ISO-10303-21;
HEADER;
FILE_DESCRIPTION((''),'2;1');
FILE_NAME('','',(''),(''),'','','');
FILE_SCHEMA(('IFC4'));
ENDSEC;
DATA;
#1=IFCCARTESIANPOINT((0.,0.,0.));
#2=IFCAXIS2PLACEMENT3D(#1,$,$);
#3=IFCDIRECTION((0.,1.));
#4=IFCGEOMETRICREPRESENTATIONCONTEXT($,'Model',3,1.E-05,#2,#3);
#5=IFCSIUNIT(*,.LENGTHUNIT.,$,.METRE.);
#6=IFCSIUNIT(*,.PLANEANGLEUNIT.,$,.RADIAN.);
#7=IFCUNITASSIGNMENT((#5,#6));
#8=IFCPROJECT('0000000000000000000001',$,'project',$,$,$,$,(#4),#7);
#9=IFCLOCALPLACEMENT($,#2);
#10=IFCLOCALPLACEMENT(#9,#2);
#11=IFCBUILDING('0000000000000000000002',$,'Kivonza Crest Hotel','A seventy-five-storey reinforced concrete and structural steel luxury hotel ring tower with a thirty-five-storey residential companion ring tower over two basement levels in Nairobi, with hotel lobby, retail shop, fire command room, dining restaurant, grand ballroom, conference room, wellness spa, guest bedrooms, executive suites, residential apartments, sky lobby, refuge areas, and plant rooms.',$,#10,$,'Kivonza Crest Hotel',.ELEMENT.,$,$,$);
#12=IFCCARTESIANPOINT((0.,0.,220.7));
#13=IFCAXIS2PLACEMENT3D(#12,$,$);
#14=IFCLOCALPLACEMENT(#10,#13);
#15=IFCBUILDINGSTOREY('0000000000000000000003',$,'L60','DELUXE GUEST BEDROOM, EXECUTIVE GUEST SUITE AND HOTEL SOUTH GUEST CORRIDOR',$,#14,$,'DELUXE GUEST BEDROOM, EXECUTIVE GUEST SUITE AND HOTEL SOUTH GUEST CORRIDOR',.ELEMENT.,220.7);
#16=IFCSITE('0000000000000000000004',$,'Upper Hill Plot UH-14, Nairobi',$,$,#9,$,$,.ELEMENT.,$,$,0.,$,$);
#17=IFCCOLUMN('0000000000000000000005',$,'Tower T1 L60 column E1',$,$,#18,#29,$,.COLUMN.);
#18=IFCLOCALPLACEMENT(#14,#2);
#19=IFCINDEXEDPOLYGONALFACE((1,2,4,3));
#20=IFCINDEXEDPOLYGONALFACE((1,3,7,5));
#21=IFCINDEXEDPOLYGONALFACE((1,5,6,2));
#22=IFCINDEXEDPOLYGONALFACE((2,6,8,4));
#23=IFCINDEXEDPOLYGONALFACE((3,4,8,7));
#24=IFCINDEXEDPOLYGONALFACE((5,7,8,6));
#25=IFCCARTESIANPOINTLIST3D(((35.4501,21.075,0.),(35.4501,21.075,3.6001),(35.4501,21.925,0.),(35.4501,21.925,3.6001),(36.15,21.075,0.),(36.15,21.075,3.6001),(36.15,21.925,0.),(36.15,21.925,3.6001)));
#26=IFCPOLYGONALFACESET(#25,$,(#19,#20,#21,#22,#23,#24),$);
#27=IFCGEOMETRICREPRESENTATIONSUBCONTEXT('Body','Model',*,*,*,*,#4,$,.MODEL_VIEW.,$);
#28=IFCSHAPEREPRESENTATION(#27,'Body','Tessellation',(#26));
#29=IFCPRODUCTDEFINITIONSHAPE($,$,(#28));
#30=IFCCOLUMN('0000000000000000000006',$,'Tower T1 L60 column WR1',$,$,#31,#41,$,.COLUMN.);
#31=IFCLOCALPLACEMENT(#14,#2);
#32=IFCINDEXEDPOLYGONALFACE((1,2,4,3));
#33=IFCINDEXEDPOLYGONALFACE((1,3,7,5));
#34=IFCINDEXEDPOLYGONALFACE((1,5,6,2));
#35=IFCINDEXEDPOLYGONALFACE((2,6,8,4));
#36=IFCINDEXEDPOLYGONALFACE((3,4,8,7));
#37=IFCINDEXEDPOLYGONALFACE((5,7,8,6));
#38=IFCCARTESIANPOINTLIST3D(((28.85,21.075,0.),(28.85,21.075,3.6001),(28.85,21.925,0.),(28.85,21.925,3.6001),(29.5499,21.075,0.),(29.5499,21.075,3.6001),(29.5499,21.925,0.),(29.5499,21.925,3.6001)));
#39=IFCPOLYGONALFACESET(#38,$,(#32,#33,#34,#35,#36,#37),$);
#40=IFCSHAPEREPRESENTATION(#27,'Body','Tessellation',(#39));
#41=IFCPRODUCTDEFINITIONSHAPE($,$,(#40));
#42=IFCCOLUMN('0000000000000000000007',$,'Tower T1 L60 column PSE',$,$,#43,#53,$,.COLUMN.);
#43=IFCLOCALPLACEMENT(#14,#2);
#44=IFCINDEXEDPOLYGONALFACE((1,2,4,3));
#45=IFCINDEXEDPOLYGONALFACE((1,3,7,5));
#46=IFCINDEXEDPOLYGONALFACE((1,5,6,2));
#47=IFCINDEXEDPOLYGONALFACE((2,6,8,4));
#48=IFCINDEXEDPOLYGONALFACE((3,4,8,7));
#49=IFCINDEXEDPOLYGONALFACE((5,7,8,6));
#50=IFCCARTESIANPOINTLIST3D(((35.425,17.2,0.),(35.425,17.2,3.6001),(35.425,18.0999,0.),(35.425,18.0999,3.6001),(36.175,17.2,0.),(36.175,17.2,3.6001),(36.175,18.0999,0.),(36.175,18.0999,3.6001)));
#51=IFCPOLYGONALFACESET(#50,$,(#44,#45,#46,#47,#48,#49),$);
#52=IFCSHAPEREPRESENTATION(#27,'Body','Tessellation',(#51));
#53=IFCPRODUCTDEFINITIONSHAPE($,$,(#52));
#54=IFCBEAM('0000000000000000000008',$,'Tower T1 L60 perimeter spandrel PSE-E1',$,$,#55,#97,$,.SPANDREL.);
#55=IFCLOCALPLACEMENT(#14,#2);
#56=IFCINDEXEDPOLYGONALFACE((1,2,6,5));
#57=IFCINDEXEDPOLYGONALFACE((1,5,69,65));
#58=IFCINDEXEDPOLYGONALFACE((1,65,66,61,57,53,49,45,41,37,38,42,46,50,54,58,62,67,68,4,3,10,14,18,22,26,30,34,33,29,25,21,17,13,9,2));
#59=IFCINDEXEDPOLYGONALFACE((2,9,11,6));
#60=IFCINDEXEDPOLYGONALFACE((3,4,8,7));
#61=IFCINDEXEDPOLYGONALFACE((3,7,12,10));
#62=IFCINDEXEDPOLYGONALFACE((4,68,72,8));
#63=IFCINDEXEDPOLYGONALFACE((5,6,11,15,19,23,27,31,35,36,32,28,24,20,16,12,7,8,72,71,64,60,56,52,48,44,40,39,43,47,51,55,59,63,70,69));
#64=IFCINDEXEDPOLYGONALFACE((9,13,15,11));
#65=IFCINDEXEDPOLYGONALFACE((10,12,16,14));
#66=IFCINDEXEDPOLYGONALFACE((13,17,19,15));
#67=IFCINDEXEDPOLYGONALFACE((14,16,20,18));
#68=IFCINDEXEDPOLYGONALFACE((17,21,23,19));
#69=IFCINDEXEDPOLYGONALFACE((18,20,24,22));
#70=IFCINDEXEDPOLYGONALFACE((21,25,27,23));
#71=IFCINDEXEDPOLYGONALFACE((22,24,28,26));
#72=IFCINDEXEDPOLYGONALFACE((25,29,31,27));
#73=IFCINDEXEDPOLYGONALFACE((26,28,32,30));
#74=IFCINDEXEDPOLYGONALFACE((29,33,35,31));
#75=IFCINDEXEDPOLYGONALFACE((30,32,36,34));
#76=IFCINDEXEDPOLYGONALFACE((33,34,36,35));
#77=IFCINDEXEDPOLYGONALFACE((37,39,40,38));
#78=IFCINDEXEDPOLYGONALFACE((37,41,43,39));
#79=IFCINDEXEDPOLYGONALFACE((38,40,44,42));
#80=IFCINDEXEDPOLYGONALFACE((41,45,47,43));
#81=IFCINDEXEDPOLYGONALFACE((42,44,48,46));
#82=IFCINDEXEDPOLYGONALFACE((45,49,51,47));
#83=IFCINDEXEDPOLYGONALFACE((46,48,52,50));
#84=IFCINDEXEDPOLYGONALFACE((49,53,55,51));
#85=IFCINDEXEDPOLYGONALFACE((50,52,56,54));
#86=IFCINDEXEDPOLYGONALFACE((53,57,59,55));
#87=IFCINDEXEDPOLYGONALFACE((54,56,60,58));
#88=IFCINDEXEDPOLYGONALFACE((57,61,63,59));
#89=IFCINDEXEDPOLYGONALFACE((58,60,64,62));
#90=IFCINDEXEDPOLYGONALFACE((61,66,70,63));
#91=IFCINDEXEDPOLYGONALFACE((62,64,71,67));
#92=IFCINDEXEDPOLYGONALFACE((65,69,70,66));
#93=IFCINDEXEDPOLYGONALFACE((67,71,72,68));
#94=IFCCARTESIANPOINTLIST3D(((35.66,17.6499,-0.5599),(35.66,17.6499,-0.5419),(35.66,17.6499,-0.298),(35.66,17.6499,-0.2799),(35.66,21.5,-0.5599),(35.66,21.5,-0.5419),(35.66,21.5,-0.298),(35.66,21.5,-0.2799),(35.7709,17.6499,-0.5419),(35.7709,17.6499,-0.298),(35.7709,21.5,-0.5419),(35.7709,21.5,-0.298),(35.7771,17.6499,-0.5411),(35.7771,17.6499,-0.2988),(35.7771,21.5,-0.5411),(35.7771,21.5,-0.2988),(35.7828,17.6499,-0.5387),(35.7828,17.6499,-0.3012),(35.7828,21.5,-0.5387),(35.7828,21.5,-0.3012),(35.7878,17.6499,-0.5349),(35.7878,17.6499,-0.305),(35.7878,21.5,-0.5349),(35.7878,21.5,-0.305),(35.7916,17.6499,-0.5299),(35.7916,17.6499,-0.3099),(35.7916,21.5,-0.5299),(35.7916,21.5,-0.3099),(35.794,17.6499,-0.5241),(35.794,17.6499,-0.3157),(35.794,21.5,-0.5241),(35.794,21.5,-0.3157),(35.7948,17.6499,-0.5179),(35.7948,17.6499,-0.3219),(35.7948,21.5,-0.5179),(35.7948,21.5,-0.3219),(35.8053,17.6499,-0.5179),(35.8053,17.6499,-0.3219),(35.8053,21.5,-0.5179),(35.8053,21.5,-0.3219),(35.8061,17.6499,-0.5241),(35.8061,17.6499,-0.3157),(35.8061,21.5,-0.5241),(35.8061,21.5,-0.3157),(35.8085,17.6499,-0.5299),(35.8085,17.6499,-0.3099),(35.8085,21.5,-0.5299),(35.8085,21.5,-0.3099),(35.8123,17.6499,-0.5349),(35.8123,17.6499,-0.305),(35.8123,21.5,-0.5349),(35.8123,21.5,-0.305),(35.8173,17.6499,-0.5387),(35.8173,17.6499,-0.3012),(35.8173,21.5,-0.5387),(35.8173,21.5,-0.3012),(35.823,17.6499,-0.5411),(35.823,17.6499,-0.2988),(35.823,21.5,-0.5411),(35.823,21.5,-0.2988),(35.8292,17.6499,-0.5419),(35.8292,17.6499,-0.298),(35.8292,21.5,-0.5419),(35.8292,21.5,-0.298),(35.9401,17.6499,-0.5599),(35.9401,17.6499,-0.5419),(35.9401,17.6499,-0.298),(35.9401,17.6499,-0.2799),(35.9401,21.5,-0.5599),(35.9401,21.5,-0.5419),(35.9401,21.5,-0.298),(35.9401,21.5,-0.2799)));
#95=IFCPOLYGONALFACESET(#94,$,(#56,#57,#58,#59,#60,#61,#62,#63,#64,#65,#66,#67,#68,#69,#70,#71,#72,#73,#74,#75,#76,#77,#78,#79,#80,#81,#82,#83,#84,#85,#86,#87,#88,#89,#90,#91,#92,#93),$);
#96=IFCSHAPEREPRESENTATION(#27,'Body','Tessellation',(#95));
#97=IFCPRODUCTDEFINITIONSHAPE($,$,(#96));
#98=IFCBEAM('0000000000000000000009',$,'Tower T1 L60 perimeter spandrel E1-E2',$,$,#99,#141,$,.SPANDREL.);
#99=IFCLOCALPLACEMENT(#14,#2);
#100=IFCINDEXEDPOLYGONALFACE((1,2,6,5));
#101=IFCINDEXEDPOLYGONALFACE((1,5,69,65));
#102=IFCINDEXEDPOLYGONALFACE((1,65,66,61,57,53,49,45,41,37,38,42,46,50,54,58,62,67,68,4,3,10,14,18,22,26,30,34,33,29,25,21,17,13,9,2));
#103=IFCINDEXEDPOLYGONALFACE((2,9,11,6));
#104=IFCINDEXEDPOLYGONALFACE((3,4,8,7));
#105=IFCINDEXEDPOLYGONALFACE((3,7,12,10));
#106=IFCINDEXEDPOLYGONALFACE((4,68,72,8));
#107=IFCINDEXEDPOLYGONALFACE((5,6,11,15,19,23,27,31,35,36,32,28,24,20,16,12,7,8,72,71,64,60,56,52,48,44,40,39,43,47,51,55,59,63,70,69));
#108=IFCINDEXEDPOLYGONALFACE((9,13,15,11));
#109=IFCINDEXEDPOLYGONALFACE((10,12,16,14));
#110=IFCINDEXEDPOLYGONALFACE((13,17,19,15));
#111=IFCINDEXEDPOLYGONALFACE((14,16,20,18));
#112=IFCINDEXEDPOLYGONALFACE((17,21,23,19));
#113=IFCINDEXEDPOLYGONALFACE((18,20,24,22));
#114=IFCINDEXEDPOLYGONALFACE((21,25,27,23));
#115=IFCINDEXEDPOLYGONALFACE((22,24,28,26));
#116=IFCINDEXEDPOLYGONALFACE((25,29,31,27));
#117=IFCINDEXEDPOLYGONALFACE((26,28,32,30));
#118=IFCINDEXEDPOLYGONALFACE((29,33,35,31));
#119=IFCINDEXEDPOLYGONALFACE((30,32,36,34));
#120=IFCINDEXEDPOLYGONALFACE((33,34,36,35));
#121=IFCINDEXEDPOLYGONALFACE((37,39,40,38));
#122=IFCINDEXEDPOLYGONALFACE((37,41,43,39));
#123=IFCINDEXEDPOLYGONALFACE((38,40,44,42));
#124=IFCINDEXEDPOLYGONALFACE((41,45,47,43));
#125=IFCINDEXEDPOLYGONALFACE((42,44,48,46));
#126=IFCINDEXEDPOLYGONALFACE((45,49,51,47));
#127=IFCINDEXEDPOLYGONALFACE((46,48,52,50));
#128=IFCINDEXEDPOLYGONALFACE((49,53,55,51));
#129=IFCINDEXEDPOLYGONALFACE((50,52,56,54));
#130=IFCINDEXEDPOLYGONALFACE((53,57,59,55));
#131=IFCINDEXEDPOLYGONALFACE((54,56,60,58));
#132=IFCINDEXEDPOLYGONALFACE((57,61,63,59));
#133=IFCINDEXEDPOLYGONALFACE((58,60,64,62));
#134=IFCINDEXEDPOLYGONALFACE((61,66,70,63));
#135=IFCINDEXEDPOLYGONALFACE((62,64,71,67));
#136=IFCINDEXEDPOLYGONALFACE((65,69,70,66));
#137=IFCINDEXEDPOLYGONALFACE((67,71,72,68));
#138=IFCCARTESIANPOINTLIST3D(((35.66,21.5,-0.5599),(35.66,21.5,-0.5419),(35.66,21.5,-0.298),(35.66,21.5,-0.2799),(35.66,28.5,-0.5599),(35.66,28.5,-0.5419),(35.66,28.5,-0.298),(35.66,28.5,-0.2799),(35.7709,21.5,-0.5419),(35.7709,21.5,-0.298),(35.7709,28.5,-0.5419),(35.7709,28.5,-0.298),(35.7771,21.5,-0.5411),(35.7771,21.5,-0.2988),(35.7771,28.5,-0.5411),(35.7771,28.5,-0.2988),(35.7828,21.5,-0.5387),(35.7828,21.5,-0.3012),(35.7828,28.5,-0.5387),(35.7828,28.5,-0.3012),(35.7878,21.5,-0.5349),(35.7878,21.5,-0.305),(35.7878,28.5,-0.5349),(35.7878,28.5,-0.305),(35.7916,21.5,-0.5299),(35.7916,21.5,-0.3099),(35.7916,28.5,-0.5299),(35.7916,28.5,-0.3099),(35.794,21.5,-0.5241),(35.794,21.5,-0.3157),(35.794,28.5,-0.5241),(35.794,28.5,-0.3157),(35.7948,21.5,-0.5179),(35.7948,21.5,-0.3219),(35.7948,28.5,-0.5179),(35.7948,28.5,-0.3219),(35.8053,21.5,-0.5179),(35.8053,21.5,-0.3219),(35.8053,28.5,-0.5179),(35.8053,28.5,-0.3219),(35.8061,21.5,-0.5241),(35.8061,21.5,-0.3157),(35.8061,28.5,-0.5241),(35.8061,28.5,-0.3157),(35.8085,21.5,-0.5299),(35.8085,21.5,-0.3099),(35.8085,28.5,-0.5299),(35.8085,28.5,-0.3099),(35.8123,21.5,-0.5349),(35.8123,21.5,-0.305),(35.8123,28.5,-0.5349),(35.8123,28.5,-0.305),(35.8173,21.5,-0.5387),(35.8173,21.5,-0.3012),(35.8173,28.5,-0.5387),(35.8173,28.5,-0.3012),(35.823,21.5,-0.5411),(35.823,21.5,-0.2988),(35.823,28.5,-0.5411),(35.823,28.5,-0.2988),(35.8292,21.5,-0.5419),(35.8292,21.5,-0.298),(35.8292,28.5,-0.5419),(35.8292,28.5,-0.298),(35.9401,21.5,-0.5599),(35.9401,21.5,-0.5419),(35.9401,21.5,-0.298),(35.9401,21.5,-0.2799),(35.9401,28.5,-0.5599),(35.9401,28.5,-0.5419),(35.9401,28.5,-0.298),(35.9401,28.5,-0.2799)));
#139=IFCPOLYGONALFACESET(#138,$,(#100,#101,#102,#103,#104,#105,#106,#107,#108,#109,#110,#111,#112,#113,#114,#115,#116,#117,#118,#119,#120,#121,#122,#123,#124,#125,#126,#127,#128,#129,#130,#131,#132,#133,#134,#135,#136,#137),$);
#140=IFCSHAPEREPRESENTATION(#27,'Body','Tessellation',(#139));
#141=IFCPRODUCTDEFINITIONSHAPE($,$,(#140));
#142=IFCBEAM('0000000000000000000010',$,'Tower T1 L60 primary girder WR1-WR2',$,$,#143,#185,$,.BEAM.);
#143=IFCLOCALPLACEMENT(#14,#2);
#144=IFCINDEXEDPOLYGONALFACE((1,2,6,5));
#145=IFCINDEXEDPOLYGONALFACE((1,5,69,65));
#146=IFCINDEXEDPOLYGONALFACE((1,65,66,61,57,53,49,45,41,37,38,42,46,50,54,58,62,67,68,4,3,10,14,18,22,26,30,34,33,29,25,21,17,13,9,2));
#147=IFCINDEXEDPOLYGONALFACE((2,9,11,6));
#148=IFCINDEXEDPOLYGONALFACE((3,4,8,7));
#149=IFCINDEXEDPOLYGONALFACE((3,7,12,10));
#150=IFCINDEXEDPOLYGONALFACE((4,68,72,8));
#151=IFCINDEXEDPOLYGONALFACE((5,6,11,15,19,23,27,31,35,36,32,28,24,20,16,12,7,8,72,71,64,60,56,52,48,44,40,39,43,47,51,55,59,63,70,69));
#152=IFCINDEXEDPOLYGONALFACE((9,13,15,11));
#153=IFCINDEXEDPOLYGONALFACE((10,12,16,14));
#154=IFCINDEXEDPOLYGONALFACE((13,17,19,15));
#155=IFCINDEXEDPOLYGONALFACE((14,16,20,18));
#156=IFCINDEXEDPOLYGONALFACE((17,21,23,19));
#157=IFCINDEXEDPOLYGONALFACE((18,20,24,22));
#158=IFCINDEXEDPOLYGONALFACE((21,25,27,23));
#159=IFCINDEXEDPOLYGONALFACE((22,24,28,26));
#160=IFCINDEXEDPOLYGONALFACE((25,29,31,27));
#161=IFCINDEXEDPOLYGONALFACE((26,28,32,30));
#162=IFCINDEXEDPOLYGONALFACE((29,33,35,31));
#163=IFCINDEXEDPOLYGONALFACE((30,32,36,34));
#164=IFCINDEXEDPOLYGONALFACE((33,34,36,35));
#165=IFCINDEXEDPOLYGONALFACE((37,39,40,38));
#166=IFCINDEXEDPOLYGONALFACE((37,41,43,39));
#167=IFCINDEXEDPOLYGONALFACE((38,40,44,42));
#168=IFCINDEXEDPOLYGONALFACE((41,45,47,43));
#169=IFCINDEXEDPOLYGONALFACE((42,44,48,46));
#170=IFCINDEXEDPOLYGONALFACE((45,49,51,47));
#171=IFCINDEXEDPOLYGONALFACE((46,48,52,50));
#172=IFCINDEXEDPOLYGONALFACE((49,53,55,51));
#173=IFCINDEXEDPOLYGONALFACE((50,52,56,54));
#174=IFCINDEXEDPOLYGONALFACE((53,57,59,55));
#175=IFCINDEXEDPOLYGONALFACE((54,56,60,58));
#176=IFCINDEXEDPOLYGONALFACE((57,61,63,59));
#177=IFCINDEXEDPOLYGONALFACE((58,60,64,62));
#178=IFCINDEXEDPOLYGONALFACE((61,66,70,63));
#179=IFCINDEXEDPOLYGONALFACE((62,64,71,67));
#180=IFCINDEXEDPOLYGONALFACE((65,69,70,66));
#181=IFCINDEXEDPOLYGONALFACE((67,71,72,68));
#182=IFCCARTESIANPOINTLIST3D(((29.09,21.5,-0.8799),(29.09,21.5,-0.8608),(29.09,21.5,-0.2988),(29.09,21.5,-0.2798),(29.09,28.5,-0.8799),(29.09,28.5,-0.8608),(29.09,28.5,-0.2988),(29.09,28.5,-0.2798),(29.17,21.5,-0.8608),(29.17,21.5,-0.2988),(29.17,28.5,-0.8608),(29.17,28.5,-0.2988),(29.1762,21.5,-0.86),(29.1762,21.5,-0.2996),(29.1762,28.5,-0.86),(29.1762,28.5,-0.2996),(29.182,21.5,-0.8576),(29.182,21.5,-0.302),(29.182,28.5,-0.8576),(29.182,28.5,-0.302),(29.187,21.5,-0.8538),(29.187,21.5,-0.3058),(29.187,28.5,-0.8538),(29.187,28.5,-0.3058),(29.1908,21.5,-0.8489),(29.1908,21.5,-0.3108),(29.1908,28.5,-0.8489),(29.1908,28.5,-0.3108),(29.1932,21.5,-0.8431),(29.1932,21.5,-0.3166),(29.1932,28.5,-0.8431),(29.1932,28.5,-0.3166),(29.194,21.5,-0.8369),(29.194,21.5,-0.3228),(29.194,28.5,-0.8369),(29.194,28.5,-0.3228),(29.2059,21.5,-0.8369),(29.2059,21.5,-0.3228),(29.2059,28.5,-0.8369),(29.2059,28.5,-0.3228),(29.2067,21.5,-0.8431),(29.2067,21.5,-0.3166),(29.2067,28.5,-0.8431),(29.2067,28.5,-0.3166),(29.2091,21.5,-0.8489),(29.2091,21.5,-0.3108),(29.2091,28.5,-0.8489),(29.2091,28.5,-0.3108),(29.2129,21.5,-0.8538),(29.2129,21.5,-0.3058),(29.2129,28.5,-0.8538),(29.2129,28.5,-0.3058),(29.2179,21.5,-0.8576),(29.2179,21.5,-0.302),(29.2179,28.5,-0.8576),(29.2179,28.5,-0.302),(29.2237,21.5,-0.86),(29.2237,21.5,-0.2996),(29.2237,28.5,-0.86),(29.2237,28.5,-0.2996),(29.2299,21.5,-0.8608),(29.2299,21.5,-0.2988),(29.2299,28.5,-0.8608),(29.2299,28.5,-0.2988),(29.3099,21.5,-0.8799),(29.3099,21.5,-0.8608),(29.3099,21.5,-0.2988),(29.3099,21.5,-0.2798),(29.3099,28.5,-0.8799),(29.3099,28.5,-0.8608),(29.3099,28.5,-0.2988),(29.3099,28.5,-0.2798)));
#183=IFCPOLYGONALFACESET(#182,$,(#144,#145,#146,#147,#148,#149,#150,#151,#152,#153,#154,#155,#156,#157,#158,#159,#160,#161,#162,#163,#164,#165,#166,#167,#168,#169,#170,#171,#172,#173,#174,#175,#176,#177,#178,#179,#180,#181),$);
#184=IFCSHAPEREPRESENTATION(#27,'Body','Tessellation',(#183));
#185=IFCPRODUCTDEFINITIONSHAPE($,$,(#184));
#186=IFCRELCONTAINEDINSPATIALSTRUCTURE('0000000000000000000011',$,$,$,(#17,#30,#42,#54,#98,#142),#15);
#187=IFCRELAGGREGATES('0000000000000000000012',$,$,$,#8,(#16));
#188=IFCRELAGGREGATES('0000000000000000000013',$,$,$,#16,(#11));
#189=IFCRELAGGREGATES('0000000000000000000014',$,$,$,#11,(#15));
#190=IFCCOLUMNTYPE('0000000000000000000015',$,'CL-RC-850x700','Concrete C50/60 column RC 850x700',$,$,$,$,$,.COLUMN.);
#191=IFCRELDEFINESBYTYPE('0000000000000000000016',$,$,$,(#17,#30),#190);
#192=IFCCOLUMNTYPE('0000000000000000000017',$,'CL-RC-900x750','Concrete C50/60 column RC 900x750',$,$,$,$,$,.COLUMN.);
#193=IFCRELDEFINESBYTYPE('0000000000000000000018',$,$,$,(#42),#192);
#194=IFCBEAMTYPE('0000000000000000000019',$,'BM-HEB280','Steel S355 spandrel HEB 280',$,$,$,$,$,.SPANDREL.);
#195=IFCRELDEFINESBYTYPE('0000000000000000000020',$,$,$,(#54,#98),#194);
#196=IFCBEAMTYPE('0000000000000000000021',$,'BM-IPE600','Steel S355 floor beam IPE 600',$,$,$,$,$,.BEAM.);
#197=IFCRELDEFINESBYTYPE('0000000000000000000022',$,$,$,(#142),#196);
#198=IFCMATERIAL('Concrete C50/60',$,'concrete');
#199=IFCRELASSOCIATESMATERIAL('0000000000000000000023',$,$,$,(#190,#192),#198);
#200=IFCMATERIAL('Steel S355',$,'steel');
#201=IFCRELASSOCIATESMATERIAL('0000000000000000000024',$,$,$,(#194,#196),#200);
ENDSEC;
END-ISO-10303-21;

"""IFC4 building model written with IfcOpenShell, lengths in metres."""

from ifc_helpers import new_model, si_unit, direction, frame, origin, origin_2d, place, context, subcontext, project, spatial, rectangle, i_section, extrude, material, material_profile, profile_set, type_object, element, save


model = new_model("IFC4")

# Units and contexts
model_context = context("Model", 3, precision=1e-05, world=origin(), true_north=direction((0.0, 1.0)))
body_context = subcontext(model_context, "Body", "Model", "MODEL_VIEW")
ifc_project = project(units=[si_unit("LENGTHUNIT", "METRE"), si_unit("PLANEANGLEUNIT", "RADIAN")], contexts=[model_context])

# Site, building, storey
site_placement = place(None, origin())
site = spatial("IfcSite", under=ifc_project, at=site_placement, Name="Upper Hill Plot UH-14, Nairobi", CompositionType="ELEMENT", RefElevation=0.0)
building_placement = place(site_placement, origin())
building = spatial("IfcBuilding", under=site, at=building_placement, Name="Kivonza Crest Hotel", Description="A seventy-five-storey reinforced concrete and structural steel luxury hotel ring tower with a thirty-five-storey residential companion ring tower over two basement levels in Nairobi, with hotel lobby, retail shop, fire command room, dining restaurant, grand ballroom, conference room, wellness spa, guest bedrooms, executive suites, residential apartments, sky lobby, refuge areas, and plant rooms.", LongName="Kivonza Crest Hotel", CompositionType="ELEMENT")
storey_placement = place(building_placement, frame((0.0, 0.0, 220.7)))
storey = spatial("IfcBuildingStorey", under=building, at=storey_placement, Name="L60", Description="DELUXE GUEST BEDROOM, EXECUTIVE GUEST SUITE AND HOTEL SOUTH GUEST CORRIDOR", LongName="DELUXE GUEST BEDROOM, EXECUTIVE GUEST SUITE AND HOTEL SOUTH GUEST CORRIDOR", CompositionType="ELEMENT", Elevation=220.7)

# Columns
ifc_material_1 = material(Name="Concrete C50/60", Category="concrete")
ifc_material_profile_1 = material_profile(ifc_material_1, rectangle(XDim=0.7, YDim=0.8501, at=origin_2d()), Name="RC 850x700")
ifc_profile_set_1 = profile_set([ifc_material_profile_1], Name="Concrete C50/60")
column_type_1 = type_object("IfcColumnType", Name="CL-RC-850x700", Description="Concrete C50/60 column RC 850x700", PredefinedType="COLUMN", material=ifc_profile_set_1)
for number, where, z_axis, x_axis, name in (
    (1, (35.8, 21.5, 0.0), (0.0, 0.0, 1.0), (1.0, 0.0, 0.0), "Tower T1 L60 column E1"),
    (2, (29.2, 21.5, 0.0), (0.0, 0.0, 1.0), (1.0, 0.0, 0.0), "Tower T1 L60 column WR1"),
):
    element("IfcColumn", number, at=place(storey_placement, frame(where, z_axis=z_axis, x_axis=x_axis)), inside=storey, type_object=column_type_1, Name=name, PredefinedType="COLUMN", context=body_context, shape_type="SweptSolid", body=[
        extrude(rectangle(XDim=0.7, YDim=0.8501, at=origin_2d()), origin(), (0.0, 0.0, 1.0), 3.6001),
    ])
ifc_material_profile_2 = material_profile(ifc_material_1, rectangle(XDim=0.75, YDim=0.8999, at=origin_2d()), Name="RC 900x750")
ifc_profile_set_2 = profile_set([ifc_material_profile_2], Name="Concrete C50/60")
column_type_2 = type_object("IfcColumnType", Name="CL-RC-900x750", Description="Concrete C50/60 column RC 900x750", PredefinedType="COLUMN", material=ifc_profile_set_2)
column_placement = place(storey_placement, frame((35.8, 17.6499, 0.0), z_axis=(0.0, 0.0, 1.0), x_axis=(1.0, 0.0, 0.0)))
element("IfcColumn", 3, at=column_placement, inside=storey, type_object=column_type_2, Name="Tower T1 L60 column PSE", PredefinedType="COLUMN", context=body_context, shape_type="SweptSolid", body=[
    extrude(rectangle(XDim=0.75, YDim=0.8999, at=origin_2d()), origin(), (0.0, 0.0, 1.0), 3.6001),
])

# Beams
ifc_material_2 = material(Name="Steel S355", Category="steel")
ifc_material_profile_3 = material_profile(ifc_material_2, i_section(OverallWidth=0.28, OverallDepth=0.28, WebThickness=0.0105, FlangeThickness=0.0181, FilletRadius=0.0239, at=origin_2d()), Name="HEB 280")
ifc_profile_set_3 = profile_set([ifc_material_profile_3], Name="Steel S355")
beam_type_1 = type_object("IfcBeamType", Name="BM-HEB280", Description="Steel S355 spandrel HEB 280", PredefinedType="SPANDREL", material=ifc_profile_set_3)
beam_1_placement = place(storey_placement, frame((35.8, 17.6499, -0.4199), z_axis=(0.0, 1.0, 0.0), x_axis=(-1.0, 0.0, 0.0)))
element("IfcBeam", 4, at=beam_1_placement, inside=storey, type_object=beam_type_1, Name="Tower T1 L60 perimeter spandrel PSE-E1", PredefinedType="SPANDREL", context=body_context, shape_type="SweptSolid", body=[
    extrude(i_section(OverallWidth=0.28, OverallDepth=0.28, WebThickness=0.0105, FlangeThickness=0.0181, FilletRadius=0.0239, at=origin_2d()), origin(), (0.0, 0.0, 1.0), 3.8501),
])
beam_2_placement = place(storey_placement, frame((35.8, 21.5, -0.4199), z_axis=(0.0, 1.0, 0.0), x_axis=(-1.0, 0.0, 0.0)))
element("IfcBeam", 5, at=beam_2_placement, inside=storey, type_object=beam_type_1, Name="Tower T1 L60 perimeter spandrel E1-E2", PredefinedType="SPANDREL", context=body_context, shape_type="SweptSolid", body=[
    extrude(i_section(OverallWidth=0.28, OverallDepth=0.28, WebThickness=0.0105, FlangeThickness=0.0181, FilletRadius=0.0239, at=origin_2d()), origin(), (0.0, 0.0, 1.0), 7.0),
])
ifc_material_profile_4 = material_profile(ifc_material_2, i_section(OverallWidth=0.22, OverallDepth=0.6001, WebThickness=0.012, FlangeThickness=0.019, FilletRadius=0.0239, at=origin_2d()), Name="IPE 600")
ifc_profile_set_4 = profile_set([ifc_material_profile_4], Name="Steel S355")
beam_type_2 = type_object("IfcBeamType", Name="BM-IPE600", Description="Steel S355 floor beam IPE 600", PredefinedType="BEAM", material=ifc_profile_set_4)
beam_3_placement = place(storey_placement, frame((29.2, 21.5, -0.5798), z_axis=(0.0, 1.0, 0.0), x_axis=(-1.0, 0.0, 0.0)))
element("IfcBeam", 6, at=beam_3_placement, inside=storey, type_object=beam_type_2, Name="Tower T1 L60 primary girder WR1-WR2", PredefinedType="BEAM", context=body_context, shape_type="SweptSolid", body=[
    extrude(i_section(OverallWidth=0.22, OverallDepth=0.6001, WebThickness=0.012, FlangeThickness=0.019, FilletRadius=0.0239, at=origin_2d()), origin(), (0.0, 0.0, 1.0), 7.0),
])

save(model, "model.ifc")
